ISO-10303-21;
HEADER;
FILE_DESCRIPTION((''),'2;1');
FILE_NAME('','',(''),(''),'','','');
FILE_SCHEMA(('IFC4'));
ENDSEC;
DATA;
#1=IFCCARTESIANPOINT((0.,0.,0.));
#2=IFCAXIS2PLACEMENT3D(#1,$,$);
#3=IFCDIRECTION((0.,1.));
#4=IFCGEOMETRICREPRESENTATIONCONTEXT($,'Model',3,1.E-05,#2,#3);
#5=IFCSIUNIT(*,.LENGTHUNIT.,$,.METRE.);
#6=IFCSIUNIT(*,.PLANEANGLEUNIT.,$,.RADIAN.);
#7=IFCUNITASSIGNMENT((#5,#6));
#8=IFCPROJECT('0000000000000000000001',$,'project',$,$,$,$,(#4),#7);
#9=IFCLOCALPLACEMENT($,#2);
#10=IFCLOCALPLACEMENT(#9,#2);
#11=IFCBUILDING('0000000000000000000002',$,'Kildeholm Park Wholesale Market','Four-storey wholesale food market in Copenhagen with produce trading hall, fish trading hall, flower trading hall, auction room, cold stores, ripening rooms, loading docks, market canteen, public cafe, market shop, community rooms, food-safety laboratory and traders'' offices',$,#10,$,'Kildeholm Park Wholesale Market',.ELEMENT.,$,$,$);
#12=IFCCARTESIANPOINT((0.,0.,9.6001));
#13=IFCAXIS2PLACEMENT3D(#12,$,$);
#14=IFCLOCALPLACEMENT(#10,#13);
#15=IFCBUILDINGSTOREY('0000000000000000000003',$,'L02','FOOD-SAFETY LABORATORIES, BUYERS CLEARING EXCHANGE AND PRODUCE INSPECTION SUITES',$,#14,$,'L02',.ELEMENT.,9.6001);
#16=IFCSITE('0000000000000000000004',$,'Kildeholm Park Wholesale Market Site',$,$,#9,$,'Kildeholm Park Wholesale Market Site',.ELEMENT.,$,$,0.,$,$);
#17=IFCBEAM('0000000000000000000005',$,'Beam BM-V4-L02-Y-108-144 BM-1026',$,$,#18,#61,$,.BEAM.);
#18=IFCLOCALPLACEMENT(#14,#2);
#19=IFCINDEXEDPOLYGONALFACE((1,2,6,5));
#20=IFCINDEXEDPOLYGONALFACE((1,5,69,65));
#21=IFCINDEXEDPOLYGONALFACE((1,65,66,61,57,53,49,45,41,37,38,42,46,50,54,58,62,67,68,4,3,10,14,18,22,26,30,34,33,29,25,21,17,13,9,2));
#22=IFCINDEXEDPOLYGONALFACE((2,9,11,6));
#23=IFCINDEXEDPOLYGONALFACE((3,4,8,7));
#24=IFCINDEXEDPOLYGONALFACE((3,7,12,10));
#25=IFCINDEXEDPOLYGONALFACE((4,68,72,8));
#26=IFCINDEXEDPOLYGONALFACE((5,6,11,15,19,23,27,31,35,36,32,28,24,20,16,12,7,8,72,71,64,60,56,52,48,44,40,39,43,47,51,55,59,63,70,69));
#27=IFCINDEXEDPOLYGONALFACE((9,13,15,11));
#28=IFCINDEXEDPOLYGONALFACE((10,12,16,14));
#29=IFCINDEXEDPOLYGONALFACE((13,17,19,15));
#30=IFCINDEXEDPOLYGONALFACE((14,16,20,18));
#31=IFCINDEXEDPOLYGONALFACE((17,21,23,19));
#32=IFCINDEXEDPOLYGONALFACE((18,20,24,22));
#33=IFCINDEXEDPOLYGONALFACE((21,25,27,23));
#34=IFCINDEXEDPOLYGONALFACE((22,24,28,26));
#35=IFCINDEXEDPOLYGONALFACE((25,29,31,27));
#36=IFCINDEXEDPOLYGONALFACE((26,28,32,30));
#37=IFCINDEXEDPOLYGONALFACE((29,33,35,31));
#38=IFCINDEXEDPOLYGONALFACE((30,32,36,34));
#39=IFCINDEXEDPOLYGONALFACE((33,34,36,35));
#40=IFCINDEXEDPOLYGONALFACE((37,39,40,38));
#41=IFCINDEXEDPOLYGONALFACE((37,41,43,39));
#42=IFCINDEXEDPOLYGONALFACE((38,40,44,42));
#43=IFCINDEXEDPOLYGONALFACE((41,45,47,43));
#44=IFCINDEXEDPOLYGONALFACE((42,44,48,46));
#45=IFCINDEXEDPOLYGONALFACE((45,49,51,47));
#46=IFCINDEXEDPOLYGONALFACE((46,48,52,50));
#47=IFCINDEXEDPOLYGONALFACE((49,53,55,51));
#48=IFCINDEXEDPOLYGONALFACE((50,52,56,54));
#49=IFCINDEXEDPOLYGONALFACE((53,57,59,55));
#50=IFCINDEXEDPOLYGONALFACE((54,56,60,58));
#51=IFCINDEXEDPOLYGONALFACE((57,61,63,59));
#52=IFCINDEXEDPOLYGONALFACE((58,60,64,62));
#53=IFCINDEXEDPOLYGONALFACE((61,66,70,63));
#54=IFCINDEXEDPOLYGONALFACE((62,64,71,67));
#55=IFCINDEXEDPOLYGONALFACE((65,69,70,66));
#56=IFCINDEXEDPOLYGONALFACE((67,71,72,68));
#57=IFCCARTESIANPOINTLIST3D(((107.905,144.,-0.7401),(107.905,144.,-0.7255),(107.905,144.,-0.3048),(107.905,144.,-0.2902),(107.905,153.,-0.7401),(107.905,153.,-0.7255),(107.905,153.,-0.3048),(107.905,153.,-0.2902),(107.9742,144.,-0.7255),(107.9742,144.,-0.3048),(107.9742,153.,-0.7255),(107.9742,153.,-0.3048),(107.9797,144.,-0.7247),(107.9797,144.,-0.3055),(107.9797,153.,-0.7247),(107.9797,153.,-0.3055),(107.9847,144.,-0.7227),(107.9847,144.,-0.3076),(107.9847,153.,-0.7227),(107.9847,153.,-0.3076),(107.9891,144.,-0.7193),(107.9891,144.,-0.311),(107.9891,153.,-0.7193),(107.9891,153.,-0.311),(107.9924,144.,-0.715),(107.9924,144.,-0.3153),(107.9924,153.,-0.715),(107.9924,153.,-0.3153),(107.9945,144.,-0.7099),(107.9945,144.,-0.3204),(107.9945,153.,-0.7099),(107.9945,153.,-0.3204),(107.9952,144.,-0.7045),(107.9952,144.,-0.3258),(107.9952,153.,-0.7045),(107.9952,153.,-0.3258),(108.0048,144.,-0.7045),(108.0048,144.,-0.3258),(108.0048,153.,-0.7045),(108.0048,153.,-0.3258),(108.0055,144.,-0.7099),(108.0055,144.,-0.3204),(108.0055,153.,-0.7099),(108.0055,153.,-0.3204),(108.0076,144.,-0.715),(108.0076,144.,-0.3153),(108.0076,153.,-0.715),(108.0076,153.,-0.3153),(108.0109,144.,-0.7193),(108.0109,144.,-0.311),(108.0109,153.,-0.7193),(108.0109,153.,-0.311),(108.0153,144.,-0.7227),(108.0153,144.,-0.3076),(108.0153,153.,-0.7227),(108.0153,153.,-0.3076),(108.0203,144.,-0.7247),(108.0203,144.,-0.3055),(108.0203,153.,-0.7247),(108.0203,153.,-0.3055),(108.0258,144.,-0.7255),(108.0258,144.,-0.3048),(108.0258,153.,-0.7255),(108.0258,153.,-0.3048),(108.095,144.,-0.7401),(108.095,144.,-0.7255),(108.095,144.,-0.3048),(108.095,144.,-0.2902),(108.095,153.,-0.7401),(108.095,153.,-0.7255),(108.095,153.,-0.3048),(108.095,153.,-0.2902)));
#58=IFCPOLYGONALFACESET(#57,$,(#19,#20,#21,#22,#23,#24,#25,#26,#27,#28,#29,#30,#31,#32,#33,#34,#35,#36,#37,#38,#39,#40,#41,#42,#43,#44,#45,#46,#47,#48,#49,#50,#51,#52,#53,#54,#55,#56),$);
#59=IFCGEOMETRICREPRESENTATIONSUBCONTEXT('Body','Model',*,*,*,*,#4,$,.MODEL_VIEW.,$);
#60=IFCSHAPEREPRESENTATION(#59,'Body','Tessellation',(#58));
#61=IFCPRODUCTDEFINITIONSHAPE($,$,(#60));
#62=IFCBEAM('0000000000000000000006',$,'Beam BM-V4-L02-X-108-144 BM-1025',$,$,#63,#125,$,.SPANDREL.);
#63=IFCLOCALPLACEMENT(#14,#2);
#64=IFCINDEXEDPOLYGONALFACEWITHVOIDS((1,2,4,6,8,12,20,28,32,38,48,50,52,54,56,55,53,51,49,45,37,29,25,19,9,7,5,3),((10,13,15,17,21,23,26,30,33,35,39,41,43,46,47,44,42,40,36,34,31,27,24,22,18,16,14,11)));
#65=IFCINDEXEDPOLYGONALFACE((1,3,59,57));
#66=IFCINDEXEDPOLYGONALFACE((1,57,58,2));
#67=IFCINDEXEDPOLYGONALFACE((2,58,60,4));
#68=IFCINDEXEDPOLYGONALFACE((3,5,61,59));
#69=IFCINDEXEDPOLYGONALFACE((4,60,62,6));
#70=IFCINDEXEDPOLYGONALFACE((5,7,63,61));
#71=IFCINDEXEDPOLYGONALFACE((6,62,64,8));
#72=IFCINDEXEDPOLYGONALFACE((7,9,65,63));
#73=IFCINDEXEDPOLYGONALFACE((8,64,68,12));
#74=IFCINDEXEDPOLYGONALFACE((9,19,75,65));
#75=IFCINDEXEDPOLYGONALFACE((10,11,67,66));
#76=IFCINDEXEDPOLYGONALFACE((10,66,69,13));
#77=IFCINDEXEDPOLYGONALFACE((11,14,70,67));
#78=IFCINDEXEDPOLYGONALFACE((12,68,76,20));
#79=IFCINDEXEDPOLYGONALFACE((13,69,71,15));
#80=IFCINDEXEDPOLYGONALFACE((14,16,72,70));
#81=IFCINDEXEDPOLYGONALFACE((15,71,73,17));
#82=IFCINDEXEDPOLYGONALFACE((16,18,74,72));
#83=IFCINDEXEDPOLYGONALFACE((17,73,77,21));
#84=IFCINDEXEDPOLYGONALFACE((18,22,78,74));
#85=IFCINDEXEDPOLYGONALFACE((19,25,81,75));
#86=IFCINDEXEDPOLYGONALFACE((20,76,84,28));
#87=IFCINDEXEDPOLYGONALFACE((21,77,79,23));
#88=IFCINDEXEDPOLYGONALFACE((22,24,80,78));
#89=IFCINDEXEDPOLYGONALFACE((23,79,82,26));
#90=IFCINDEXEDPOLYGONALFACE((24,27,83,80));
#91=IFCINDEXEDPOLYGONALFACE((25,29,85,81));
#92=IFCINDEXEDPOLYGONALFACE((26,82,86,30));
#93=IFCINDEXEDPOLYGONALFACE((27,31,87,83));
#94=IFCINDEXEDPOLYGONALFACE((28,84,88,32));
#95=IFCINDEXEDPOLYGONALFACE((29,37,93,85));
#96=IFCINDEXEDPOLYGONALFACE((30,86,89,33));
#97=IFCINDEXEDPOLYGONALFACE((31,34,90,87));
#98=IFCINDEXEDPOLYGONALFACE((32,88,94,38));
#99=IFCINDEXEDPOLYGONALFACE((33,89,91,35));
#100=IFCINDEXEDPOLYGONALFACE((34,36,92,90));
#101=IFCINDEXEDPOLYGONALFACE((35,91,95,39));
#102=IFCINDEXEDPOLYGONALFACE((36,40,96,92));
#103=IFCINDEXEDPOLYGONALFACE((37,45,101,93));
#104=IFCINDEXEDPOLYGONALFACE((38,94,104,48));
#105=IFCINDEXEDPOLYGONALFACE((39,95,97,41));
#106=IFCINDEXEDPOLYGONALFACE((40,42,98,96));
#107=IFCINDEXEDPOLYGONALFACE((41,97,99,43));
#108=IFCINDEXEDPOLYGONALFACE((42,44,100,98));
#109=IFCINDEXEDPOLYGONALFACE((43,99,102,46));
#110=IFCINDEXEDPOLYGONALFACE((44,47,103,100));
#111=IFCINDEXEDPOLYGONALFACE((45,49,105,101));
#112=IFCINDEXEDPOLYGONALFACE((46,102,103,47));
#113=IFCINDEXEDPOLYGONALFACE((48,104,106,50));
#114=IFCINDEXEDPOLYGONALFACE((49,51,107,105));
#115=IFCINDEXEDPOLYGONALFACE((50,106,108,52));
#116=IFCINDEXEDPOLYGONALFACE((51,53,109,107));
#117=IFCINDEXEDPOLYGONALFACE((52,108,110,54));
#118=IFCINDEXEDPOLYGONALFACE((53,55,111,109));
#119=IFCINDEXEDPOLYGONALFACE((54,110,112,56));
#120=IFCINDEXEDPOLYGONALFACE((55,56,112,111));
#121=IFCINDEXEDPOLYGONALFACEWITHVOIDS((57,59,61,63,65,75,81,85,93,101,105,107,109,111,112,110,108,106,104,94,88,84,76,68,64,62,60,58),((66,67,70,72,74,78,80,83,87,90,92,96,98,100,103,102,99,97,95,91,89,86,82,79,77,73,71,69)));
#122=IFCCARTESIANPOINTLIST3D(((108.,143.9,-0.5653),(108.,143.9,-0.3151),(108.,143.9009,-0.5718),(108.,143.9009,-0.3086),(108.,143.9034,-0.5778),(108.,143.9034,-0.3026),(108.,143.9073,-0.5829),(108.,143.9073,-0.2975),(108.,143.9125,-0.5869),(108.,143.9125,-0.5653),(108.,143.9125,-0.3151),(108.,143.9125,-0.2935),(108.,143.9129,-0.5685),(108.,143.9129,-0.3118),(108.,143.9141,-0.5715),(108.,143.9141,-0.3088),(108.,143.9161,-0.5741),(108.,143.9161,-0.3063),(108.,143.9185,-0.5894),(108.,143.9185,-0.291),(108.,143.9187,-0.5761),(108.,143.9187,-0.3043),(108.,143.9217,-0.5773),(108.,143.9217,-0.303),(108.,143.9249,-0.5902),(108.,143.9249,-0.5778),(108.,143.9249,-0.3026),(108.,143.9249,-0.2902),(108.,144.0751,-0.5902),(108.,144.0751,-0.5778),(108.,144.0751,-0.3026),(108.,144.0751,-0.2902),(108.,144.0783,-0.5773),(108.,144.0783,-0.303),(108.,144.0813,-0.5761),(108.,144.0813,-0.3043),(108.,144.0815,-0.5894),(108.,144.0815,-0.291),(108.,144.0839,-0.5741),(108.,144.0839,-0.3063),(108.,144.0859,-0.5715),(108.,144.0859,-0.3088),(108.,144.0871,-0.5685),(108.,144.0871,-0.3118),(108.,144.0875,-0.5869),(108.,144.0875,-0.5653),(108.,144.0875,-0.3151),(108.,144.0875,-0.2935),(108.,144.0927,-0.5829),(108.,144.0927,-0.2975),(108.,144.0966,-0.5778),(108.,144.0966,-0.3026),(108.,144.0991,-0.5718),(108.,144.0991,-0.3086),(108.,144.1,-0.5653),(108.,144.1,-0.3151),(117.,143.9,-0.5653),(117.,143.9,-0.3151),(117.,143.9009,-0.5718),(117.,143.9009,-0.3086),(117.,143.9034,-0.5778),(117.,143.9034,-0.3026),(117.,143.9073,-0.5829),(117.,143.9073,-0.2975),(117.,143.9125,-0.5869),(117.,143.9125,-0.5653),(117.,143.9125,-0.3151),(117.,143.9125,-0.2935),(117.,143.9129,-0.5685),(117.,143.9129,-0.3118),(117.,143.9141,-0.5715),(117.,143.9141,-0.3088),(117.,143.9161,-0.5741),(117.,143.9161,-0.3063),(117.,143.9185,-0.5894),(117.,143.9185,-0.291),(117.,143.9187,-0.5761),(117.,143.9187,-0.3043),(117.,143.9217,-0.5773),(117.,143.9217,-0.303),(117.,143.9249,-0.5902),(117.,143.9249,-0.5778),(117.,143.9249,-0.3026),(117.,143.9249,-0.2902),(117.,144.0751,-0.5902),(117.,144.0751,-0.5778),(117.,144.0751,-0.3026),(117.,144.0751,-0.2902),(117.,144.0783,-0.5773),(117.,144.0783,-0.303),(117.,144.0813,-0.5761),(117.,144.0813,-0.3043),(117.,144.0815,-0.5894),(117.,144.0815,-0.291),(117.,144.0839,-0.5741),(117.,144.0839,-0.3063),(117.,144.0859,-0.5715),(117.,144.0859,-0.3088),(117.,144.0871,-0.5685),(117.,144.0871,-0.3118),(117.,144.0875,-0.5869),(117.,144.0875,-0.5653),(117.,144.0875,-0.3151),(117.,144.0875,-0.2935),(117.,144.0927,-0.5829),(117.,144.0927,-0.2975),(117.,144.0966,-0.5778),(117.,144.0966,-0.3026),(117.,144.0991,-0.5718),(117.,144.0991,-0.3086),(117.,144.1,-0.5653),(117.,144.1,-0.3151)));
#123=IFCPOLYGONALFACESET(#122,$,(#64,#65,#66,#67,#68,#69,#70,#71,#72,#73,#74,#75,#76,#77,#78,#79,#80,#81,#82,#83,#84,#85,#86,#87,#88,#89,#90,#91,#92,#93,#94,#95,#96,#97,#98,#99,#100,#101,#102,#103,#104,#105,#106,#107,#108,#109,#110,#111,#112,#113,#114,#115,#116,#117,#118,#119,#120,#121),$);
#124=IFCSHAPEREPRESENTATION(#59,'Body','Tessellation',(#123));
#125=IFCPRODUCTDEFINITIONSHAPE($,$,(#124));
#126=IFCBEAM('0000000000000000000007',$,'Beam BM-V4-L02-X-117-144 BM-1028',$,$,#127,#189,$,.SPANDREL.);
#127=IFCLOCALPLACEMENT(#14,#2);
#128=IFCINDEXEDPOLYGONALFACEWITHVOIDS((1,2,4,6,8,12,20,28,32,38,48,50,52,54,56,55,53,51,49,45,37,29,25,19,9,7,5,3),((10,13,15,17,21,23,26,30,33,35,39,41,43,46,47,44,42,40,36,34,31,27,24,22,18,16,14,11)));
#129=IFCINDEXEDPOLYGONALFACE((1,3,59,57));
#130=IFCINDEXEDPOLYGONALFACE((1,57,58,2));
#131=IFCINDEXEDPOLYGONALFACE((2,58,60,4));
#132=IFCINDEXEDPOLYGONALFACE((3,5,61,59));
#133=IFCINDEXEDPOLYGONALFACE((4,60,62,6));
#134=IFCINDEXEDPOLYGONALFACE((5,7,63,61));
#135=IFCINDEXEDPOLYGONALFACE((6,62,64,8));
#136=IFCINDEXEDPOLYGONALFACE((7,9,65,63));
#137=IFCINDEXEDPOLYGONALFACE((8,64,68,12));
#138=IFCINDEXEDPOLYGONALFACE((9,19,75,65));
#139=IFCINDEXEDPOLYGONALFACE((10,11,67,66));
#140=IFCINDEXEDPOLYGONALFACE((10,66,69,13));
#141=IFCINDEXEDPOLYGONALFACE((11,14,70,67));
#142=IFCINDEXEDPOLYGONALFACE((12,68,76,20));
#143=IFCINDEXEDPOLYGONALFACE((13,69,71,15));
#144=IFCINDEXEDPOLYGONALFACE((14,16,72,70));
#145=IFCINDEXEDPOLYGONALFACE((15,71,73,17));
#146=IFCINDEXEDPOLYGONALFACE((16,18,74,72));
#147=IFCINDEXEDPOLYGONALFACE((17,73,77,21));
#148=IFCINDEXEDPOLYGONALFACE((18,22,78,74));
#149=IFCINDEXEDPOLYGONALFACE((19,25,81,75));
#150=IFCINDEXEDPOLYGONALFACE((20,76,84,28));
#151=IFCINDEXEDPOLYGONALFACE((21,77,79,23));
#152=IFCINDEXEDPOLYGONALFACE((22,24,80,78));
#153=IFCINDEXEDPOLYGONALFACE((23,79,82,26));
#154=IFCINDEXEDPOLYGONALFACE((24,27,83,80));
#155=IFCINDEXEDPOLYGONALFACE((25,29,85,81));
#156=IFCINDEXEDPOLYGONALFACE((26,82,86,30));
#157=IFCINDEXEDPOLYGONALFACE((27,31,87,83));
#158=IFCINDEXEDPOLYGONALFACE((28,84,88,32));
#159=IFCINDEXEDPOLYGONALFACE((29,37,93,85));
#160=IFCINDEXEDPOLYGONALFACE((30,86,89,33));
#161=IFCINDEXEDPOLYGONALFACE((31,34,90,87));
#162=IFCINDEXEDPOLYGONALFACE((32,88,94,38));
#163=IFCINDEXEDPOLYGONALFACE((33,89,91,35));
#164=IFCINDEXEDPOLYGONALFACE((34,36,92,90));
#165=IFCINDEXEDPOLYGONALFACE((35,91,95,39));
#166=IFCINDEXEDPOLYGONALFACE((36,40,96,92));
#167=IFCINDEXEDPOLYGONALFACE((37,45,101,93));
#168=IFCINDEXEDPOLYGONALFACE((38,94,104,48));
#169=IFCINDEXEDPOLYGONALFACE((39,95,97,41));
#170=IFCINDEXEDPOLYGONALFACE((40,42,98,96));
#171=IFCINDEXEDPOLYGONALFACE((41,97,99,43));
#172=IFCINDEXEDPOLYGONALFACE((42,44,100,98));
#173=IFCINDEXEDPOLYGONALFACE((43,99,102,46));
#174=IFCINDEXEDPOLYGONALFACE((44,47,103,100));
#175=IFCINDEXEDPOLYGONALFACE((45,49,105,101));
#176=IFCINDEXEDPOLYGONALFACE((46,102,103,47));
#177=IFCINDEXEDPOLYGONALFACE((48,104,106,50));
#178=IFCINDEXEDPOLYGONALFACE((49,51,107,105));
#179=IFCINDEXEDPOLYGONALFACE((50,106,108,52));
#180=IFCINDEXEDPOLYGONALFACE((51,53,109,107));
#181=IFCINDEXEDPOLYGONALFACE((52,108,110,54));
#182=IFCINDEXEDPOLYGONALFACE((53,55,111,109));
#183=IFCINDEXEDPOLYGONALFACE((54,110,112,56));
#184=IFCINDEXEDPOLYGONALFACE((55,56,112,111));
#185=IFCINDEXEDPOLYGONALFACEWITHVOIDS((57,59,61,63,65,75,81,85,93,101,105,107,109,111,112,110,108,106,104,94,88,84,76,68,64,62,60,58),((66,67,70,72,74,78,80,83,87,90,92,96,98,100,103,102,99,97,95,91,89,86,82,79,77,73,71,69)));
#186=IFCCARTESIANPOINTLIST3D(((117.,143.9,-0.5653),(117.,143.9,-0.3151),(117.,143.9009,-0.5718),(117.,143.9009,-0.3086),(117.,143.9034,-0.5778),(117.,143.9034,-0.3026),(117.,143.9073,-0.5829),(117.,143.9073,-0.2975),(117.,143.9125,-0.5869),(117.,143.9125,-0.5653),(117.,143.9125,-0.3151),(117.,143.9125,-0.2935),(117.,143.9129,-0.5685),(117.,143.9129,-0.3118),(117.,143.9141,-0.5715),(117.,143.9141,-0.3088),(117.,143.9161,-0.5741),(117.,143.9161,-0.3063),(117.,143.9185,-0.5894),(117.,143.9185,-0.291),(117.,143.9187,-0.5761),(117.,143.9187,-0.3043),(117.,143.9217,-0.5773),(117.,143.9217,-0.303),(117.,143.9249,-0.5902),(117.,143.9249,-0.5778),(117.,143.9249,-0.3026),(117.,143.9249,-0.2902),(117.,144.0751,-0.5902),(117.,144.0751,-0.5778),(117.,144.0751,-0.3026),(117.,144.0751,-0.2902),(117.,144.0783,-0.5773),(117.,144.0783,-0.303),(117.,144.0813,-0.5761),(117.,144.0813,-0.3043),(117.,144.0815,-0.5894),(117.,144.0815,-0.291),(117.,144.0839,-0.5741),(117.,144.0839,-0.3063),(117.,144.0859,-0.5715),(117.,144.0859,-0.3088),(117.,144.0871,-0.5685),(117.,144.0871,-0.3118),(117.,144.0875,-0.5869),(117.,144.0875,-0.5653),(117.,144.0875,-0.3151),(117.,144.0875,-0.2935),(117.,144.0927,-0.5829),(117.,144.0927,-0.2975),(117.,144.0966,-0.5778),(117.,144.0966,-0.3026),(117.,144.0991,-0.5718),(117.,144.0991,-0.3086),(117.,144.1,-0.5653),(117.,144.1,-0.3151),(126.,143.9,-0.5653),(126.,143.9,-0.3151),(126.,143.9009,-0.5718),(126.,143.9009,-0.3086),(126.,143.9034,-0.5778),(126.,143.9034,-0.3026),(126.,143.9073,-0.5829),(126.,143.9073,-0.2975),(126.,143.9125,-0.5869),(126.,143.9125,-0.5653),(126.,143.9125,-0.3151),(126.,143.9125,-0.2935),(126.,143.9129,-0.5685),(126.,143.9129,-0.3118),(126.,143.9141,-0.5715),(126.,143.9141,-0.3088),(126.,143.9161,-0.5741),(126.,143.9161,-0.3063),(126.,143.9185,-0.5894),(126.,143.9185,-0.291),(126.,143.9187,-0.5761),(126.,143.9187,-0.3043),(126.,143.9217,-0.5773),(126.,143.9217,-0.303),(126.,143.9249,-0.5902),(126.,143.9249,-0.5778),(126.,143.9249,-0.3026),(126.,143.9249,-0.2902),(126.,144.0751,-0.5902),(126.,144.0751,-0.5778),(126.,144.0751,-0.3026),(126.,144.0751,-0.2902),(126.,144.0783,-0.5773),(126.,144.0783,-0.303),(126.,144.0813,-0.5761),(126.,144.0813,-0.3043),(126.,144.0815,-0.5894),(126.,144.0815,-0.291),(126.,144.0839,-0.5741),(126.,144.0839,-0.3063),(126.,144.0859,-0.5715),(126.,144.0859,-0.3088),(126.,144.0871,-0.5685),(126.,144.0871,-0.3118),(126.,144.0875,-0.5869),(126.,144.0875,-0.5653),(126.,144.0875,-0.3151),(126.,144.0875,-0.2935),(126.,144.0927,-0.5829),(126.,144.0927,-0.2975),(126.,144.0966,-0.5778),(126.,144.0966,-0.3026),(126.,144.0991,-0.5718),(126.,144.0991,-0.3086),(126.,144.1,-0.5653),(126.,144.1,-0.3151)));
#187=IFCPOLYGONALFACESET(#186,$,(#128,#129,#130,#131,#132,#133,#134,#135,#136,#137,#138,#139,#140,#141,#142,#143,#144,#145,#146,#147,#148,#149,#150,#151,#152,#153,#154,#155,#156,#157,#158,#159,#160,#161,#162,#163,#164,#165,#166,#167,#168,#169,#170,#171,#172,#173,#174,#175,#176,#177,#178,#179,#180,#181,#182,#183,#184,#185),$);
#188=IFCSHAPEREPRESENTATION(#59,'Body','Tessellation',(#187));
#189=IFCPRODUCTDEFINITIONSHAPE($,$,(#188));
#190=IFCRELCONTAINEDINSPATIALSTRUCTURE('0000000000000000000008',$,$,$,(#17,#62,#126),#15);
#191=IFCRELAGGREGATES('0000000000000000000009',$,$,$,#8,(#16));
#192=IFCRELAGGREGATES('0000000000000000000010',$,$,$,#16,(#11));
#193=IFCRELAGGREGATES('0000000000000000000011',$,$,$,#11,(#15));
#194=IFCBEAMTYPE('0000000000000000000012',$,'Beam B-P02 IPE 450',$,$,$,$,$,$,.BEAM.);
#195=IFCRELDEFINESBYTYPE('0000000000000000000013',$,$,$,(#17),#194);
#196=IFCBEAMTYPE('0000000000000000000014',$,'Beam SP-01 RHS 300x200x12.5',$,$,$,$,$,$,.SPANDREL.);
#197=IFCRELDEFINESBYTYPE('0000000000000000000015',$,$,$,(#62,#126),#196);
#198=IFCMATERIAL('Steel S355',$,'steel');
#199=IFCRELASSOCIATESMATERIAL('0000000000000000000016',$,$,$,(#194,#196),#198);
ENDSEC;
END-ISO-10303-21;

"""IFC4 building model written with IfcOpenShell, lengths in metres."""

from ifc_helpers import new_model, si_unit, direction, frame, origin, origin_2d, place, context, subcontext, project, spatial, hollow_rectangle, i_section, extrude, material, material_profile, profile_set, type_object, element, save


model = new_model("IFC4")

# Units and contexts
model_context = context("Model", 3, precision=1e-05, world=origin(), true_north=direction((0.0, 1.0)))
body_context = subcontext(model_context, "Body", "Model", "MODEL_VIEW")
ifc_project = project(units=[si_unit("LENGTHUNIT", "METRE"), si_unit("PLANEANGLEUNIT", "RADIAN")], contexts=[model_context])

# Site, building, storey
site_placement = place(None, origin())
site = spatial("IfcSite", under=ifc_project, at=site_placement, Name="Kildeholm Park Wholesale Market Site", LongName="Kildeholm Park Wholesale Market Site", CompositionType="ELEMENT", RefElevation=0.0)
building_placement = place(site_placement, origin())
building = spatial("IfcBuilding", under=site, at=building_placement, Name="Kildeholm Park Wholesale Market", Description="Four-storey wholesale food market in Copenhagen with produce trading hall, fish trading hall, flower trading hall, auction room, cold stores, ripening rooms, loading docks, market canteen, public cafe, market shop, community rooms, food-safety laboratory and traders' offices", LongName="Kildeholm Park Wholesale Market", CompositionType="ELEMENT")
storey_placement = place(building_placement, frame((0.0, 0.0, 9.6001)))
storey = spatial("IfcBuildingStorey", under=building, at=storey_placement, Name="L02", Description="FOOD-SAFETY LABORATORIES, BUYERS CLEARING EXCHANGE AND PRODUCE INSPECTION SUITES", LongName="L02", CompositionType="ELEMENT", Elevation=9.6001)

# Beams
ifc_material_1 = material(Name="Steel S355", Category="steel")
ifc_material_profile_1 = material_profile(ifc_material_1, i_section(OverallWidth=0.1899, OverallDepth=0.45, WebThickness=0.0095, FlangeThickness=0.0146, FilletRadius=0.021, at=origin_2d()), Name="IPE 450")
ifc_profile_set_1 = profile_set([ifc_material_profile_1], Name="Steel S355")
beam_type_1 = type_object("IfcBeamType", Name="Beam B-P02 IPE 450", PredefinedType="BEAM", material=ifc_profile_set_1)
beam_placement = place(storey_placement, frame((108.0, 144.0, -0.5151), z_axis=(0.0, 1.0, 0.0), x_axis=(-1.0, 0.0, 0.0)))
element("IfcBeam", 1, at=beam_placement, inside=storey, type_object=beam_type_1, Name="Beam BM-V4-L02-Y-108-144 BM-1026", PredefinedType="BEAM", context=body_context, shape_type="SweptSolid", body=[
    extrude(i_section(OverallWidth=0.1899, OverallDepth=0.45, WebThickness=0.0095, FlangeThickness=0.0146, FilletRadius=0.021, at=origin_2d()), origin(), (0.0, 0.0, 1.0), 9.0),
])
ifc_material_profile_2 = material_profile(ifc_material_1, hollow_rectangle(XDim=0.2, YDim=0.3, WallThickness=0.0125, InnerFilletRadius=0.0125, OuterFilletRadius=0.0249, at=origin_2d()), Name="RHS 300x200x12.5")
ifc_profile_set_2 = profile_set([ifc_material_profile_2], Name="Steel S355")
beam_type_2 = type_object("IfcBeamType", Name="Beam SP-01 RHS 300x200x12.5", PredefinedType="SPANDREL", material=ifc_profile_set_2)
for number, where, z_axis, x_axis, name in (
    (2, (108.0, 144.0, -0.4402), (1.0, 0.0, 0.0), (0.0, 1.0, 0.0), "Beam BM-V4-L02-X-108-144 BM-1025"),
    (3, (117.0, 144.0, -0.4402), (1.0, 0.0, 0.0), (0.0, 1.0, 0.0), "Beam BM-V4-L02-X-117-144 BM-1028"),
):
    element("IfcBeam", number, at=place(storey_placement, frame(where, z_axis=z_axis, x_axis=x_axis)), inside=storey, type_object=beam_type_2, Name=name, PredefinedType="SPANDREL", context=body_context, shape_type="SweptSolid", body=[
        extrude(hollow_rectangle(XDim=0.2, YDim=0.3, WallThickness=0.0125, InnerFilletRadius=0.0125, OuterFilletRadius=0.0249, at=origin_2d()), origin(), (0.0, 0.0, 1.0), 9.0),
    ])

save(model, "model.ifc")
